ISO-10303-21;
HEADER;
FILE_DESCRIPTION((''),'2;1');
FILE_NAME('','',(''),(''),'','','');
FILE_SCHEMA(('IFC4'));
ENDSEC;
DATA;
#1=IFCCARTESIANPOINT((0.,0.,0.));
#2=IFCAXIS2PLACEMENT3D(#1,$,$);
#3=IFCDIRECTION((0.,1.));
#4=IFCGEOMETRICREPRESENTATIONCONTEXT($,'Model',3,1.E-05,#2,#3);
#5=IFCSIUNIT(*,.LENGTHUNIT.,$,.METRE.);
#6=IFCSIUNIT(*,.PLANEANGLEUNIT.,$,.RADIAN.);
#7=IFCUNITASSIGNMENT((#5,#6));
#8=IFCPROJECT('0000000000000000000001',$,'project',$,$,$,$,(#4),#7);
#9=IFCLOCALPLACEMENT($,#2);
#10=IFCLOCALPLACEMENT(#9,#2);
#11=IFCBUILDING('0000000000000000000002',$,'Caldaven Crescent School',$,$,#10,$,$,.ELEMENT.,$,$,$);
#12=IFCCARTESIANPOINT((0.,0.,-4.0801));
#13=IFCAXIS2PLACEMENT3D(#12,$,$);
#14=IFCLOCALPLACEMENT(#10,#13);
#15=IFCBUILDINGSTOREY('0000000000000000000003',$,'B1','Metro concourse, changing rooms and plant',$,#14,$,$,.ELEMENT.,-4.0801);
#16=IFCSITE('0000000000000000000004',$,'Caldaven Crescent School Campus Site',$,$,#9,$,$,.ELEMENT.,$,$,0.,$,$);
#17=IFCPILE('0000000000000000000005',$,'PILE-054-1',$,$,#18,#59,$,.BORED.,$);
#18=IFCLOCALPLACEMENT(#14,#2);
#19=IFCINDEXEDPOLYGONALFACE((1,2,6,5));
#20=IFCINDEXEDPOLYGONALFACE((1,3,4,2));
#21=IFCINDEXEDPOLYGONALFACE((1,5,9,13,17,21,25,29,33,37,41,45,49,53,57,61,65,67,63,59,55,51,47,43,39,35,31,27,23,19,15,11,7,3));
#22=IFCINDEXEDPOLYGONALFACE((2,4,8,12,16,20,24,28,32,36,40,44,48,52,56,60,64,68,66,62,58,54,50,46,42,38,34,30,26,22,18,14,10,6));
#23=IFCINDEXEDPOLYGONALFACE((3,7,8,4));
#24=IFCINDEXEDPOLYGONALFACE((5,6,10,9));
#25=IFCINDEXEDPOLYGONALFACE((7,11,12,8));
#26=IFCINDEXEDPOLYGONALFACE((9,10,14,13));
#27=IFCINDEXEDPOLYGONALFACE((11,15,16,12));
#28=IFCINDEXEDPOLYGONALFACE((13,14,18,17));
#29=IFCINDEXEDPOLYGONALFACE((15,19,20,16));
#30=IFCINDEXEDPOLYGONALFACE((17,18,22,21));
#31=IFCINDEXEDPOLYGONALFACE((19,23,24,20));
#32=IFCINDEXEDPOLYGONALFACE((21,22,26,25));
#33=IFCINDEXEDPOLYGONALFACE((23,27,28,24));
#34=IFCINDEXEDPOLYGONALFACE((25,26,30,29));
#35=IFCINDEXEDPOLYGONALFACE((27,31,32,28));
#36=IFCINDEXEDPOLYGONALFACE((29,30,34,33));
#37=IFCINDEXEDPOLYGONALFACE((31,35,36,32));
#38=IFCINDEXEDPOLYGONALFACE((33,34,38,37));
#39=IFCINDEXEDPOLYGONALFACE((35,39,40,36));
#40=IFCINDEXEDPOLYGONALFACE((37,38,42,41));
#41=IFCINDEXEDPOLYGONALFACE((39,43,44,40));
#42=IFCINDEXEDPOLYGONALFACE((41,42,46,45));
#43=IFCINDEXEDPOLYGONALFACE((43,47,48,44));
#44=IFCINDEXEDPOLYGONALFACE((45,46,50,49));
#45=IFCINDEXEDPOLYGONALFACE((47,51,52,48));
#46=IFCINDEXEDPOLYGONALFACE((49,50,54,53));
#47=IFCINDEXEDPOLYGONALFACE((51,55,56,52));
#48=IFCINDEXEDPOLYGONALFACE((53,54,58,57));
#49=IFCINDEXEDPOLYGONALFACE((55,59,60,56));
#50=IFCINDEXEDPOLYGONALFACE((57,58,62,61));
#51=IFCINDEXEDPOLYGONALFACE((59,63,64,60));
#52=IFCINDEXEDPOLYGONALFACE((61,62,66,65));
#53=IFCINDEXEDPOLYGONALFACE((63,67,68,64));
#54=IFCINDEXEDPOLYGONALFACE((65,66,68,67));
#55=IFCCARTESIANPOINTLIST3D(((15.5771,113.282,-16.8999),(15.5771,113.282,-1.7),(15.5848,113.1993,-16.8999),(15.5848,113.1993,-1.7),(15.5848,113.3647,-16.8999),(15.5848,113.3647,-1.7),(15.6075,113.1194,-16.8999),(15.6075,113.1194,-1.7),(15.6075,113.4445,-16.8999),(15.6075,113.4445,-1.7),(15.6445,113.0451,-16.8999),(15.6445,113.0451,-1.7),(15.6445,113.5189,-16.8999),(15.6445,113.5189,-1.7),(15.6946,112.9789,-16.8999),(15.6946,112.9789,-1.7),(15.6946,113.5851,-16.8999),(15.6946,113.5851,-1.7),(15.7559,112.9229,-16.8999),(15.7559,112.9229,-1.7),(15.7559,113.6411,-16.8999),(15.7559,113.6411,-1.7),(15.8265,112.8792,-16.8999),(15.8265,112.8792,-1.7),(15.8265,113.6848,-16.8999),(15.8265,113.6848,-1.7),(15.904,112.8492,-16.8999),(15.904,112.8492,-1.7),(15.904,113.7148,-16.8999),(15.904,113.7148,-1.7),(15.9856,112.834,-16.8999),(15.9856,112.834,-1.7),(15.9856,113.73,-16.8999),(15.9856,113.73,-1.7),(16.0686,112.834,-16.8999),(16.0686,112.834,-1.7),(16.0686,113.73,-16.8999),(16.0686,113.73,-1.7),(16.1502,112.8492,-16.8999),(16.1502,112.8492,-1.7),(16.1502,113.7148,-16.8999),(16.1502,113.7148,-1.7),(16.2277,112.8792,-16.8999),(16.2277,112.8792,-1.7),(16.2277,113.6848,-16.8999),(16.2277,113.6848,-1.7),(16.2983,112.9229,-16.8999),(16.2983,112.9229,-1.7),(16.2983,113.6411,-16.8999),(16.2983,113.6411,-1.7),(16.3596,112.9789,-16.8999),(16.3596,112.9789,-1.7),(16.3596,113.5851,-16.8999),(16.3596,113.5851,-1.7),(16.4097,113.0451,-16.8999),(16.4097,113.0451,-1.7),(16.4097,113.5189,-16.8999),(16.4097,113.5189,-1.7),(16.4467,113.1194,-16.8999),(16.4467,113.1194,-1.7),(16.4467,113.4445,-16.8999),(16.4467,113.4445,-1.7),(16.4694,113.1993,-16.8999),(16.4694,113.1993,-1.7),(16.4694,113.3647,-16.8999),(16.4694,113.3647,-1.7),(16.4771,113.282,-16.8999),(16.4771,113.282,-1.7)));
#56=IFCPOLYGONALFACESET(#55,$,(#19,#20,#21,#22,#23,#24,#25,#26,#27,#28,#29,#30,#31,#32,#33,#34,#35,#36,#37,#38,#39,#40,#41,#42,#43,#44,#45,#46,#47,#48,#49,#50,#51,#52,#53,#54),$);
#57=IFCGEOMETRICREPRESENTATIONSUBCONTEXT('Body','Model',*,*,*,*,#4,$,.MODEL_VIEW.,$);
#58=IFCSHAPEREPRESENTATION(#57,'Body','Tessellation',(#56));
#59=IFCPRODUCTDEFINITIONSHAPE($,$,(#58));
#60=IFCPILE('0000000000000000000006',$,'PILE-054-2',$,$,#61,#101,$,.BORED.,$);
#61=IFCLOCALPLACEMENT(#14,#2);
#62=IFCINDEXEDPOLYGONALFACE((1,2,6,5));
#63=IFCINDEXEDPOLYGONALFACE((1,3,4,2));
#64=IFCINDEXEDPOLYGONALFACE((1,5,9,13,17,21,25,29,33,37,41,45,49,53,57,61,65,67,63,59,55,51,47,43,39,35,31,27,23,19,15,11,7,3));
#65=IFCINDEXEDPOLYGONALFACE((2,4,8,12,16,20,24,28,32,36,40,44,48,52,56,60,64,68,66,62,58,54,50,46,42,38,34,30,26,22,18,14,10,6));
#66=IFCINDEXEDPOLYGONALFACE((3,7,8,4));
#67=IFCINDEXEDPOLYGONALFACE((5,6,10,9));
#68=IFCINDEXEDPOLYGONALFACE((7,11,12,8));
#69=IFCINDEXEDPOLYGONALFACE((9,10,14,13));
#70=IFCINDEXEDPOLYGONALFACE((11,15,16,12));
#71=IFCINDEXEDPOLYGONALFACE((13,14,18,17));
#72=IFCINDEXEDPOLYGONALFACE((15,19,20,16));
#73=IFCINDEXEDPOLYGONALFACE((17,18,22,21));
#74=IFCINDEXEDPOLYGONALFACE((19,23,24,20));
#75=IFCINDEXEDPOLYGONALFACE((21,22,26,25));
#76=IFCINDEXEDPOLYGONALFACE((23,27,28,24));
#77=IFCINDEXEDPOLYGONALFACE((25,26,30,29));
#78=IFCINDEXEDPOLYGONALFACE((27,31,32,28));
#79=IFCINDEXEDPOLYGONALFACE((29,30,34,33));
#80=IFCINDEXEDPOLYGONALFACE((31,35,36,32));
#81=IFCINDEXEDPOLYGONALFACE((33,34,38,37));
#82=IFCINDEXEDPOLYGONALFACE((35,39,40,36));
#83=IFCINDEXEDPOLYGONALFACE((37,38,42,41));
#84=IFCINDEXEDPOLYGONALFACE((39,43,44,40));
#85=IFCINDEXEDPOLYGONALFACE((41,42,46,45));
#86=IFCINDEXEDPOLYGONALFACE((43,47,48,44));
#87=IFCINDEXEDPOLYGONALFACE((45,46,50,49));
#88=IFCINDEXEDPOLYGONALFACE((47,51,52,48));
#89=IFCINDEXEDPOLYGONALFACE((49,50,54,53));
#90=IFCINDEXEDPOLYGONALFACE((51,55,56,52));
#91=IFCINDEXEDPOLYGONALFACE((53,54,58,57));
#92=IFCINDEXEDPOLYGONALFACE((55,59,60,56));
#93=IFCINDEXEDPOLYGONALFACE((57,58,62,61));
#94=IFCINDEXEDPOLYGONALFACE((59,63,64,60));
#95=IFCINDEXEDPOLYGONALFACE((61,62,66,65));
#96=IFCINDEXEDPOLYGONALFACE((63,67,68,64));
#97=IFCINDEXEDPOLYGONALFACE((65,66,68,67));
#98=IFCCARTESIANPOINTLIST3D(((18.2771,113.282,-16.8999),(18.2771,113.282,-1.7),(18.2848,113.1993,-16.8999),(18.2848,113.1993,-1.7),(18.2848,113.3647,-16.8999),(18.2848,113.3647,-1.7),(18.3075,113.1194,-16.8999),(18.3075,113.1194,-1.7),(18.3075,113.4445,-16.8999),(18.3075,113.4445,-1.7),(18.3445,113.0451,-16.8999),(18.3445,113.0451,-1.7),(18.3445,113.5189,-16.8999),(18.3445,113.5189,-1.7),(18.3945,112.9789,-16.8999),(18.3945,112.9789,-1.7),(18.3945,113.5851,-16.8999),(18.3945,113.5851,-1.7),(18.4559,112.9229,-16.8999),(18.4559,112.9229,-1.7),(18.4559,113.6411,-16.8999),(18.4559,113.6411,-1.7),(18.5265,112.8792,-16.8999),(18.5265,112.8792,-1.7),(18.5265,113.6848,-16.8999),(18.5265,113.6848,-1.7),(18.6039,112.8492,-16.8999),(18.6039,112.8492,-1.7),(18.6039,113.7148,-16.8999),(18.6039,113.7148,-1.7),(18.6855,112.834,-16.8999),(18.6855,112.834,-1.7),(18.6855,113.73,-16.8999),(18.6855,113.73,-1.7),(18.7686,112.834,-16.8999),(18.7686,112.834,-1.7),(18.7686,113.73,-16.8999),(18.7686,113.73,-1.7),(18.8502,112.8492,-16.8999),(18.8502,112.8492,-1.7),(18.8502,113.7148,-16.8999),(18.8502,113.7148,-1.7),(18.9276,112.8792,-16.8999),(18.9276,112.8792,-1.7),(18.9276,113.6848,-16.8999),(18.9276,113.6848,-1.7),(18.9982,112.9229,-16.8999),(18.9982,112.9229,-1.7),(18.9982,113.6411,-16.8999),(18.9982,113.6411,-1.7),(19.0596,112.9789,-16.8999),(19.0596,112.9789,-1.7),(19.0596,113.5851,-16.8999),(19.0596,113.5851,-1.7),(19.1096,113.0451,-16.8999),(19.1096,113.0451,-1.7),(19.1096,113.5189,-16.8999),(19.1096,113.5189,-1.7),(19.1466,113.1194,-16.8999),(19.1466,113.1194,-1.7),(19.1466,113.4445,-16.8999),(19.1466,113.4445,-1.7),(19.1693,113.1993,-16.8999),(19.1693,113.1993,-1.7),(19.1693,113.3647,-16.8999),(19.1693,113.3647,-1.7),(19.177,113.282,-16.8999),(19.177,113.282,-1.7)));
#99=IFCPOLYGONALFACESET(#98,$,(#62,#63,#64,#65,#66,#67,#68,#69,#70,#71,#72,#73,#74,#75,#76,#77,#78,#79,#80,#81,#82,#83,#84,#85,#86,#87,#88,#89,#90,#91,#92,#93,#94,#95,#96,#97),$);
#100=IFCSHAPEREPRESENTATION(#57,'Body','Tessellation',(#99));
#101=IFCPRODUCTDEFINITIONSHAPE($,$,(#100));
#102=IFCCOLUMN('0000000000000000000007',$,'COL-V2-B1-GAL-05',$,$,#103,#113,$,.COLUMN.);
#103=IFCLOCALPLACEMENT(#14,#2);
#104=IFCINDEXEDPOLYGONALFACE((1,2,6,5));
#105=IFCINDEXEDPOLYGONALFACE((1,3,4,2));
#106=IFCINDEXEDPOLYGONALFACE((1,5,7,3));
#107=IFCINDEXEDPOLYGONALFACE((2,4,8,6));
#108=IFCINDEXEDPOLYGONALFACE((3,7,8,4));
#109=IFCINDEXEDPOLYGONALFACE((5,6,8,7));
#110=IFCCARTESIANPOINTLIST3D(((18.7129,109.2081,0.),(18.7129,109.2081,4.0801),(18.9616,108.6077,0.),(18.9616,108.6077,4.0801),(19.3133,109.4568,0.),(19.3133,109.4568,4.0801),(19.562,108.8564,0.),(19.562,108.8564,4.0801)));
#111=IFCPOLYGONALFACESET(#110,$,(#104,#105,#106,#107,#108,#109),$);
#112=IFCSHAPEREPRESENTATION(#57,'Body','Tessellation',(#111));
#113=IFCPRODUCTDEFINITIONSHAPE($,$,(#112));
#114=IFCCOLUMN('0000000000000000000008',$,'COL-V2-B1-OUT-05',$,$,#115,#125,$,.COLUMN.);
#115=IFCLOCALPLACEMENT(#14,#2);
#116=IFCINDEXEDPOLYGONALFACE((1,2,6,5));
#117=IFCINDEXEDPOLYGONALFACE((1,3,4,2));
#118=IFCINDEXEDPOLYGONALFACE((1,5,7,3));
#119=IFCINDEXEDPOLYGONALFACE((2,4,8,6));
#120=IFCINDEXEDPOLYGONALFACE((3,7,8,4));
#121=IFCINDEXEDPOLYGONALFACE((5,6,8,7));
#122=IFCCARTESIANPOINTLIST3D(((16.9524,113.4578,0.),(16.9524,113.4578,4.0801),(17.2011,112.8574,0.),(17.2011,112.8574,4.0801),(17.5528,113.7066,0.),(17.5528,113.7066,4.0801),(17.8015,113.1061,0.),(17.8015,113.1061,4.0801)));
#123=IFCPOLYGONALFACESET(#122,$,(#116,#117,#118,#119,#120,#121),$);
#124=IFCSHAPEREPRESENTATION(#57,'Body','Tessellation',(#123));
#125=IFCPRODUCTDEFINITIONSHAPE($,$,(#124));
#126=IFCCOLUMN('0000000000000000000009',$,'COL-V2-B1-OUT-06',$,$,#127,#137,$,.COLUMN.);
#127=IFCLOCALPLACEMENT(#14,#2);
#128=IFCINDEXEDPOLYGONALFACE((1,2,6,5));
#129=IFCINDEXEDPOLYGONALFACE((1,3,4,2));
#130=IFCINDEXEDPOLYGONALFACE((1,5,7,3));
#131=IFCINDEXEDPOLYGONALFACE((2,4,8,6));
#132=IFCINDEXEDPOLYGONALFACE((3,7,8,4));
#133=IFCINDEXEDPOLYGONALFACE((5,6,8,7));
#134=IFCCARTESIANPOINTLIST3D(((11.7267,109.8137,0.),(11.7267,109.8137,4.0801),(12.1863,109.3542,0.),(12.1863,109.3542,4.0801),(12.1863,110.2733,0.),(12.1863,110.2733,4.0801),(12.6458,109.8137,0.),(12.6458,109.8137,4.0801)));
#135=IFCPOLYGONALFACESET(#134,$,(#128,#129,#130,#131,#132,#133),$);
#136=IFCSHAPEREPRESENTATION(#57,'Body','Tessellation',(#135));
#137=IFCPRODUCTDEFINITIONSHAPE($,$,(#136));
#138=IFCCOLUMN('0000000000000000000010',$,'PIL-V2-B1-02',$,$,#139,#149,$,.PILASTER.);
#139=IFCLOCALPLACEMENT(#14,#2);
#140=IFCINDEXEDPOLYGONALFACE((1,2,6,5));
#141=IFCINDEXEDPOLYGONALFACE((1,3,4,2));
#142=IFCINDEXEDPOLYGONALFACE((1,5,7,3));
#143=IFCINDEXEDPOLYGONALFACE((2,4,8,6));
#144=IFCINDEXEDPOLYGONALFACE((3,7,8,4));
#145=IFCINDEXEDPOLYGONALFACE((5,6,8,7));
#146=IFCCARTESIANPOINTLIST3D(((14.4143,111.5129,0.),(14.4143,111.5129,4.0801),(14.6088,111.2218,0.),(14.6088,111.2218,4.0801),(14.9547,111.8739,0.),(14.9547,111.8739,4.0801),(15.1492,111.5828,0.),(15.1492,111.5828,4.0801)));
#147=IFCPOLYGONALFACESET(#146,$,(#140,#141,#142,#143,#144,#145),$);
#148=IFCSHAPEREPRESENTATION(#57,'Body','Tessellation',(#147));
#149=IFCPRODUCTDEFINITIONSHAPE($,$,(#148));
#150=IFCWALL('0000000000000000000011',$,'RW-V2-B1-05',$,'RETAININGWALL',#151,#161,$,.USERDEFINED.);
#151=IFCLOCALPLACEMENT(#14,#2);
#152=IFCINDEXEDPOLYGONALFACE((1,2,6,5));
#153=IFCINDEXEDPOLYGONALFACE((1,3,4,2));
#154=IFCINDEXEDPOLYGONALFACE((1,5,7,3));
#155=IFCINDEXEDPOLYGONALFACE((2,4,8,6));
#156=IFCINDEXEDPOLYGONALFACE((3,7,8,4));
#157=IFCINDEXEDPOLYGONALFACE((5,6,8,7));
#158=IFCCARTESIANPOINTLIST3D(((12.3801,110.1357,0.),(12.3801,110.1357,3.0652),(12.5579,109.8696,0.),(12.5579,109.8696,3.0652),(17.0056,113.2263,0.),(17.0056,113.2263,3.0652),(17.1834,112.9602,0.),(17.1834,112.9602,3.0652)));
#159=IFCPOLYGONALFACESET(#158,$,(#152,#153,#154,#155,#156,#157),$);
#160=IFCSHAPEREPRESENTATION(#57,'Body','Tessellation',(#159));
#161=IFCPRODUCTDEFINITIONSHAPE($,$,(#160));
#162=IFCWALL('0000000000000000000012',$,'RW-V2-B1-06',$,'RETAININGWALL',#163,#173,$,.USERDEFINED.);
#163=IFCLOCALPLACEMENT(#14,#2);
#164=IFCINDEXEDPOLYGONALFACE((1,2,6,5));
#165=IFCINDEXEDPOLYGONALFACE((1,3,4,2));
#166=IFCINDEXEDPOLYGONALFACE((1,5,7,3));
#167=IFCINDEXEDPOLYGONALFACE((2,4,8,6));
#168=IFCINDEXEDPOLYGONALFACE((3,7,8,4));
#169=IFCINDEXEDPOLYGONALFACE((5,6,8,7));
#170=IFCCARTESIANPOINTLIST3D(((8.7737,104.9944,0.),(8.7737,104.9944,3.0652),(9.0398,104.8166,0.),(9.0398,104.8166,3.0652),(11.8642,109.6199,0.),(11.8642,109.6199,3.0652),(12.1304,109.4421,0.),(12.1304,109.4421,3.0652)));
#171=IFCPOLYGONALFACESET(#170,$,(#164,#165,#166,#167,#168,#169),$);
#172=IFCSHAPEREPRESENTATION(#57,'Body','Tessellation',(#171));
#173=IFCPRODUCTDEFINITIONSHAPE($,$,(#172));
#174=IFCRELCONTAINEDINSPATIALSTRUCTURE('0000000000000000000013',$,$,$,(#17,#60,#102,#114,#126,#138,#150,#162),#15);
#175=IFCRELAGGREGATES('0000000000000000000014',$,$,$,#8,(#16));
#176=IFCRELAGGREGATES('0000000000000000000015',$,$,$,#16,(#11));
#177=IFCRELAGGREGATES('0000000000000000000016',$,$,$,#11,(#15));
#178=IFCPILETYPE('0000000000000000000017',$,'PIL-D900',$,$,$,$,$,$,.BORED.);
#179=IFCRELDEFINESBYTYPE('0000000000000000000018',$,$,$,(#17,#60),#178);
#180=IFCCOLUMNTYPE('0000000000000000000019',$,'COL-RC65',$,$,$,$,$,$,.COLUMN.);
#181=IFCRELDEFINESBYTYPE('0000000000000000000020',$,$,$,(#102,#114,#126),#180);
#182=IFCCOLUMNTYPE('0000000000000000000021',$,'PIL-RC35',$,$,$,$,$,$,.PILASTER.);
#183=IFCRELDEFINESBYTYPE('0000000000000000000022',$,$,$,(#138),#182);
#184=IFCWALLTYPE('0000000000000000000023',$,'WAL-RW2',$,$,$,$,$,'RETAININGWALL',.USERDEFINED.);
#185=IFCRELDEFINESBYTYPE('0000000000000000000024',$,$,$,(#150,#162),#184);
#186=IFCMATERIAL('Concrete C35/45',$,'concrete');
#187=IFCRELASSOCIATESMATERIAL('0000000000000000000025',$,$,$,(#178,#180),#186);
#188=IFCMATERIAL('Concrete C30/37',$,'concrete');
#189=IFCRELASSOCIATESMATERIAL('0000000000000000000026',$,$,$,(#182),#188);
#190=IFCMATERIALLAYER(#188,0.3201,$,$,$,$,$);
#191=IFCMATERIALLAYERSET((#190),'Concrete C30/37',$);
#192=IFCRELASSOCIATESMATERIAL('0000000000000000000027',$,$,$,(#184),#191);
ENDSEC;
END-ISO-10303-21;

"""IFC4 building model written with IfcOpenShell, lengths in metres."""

from ifc_helpers import new_model, si_unit, direction, frame, frame_2d, origin, origin_2d, place, context, subcontext, project, spatial, rectangle, circle, extrude, material, layer, layer_set, material_profile, profile_set, type_object, element, save


model = new_model("IFC4")

# Units and contexts
model_context = context("Model", 3, precision=1e-05, world=origin(), true_north=direction((0.0, 1.0)))
body_context = subcontext(model_context, "Body", "Model", "MODEL_VIEW")
ifc_project = project(units=[si_unit("LENGTHUNIT", "METRE"), si_unit("PLANEANGLEUNIT", "RADIAN")], contexts=[model_context])

# Site, building, storey
site_placement = place(None, origin())
site = spatial("IfcSite", under=ifc_project, at=site_placement, Name="Caldaven Crescent School Campus Site", CompositionType="ELEMENT", RefElevation=0.0)
building_placement = place(site_placement, origin())
building = spatial("IfcBuilding", under=site, at=building_placement, Name="Caldaven Crescent School", CompositionType="ELEMENT")
storey_placement = place(building_placement, frame((0.0, 0.0, -4.0801)))
storey = spatial("IfcBuildingStorey", under=building, at=storey_placement, Name="B1", Description="Metro concourse, changing rooms and plant", CompositionType="ELEMENT", Elevation=-4.0801)

# Shared definitions
ifc_material_1 = material(Name="Concrete C30/37", Category="concrete")
ifc_material_2 = material(Name="Concrete C35/45", Category="concrete")

# Piles
ifc_material_profile_1 = material_profile(ifc_material_2, circle(Radius=0.45, at=origin_2d()), Name="PILE D900")
ifc_profile_set_1 = profile_set([ifc_material_profile_1], Name="Concrete C35/45")
pile_type_1 = type_object("IfcPileType", Name="PIL-D900", PredefinedType="BORED", material=ifc_profile_set_1)
for number, where, z_axis, x_axis, name in (
    (1, (16.0271, 113.282, -1.7), (0.0, 0.0, -1.0), (1.0, 0.0, 0.0), "PILE-054-1"),
    (2, (18.7271, 113.282, -1.7), (0.0, 0.0, -1.0), (1.0, 0.0, 0.0), "PILE-054-2"),
):
    element("IfcPile", number, at=place(storey_placement, frame(where, z_axis=z_axis, x_axis=x_axis)), inside=storey, type_object=pile_type_1, Name=name, PredefinedType="BORED", context=body_context, shape_type="SweptSolid", body=[
        extrude(circle(Radius=0.45, at=origin_2d()), origin(), (0.0, 0.0, 1.0), 15.2),
    ])

# Columns
ifc_material_profile_2 = material_profile(ifc_material_2, rectangle(XDim=0.6499, YDim=0.6499, at=origin_2d()), Name="RC 650x650")
ifc_profile_set_2 = profile_set([ifc_material_profile_2], Name="Concrete C35/45")
column_type_1 = type_object("IfcColumnType", Name="COL-RC65", PredefinedType="COLUMN", material=ifc_profile_set_2)
for number, where, z_axis, x_axis, name in (
    (3, (19.1375, 109.0322, 0.0), (0.0, 0.0, 1.0), (-0.382683, 0.92388, 0.0), "COL-V2-B1-GAL-05"),
    (4, (17.377, 113.282, 0.0), (0.0, 0.0, 1.0), (-0.382683, 0.92388, 0.0), "COL-V2-B1-OUT-05"),
    (5, (12.1863, 109.8137, 0.0), (0.0, 0.0, 1.0), (-0.707107, 0.707107, 0.0), "COL-V2-B1-OUT-06"),
):
    element("IfcColumn", number, at=place(storey_placement, frame(where, z_axis=z_axis, x_axis=x_axis)), inside=storey, type_object=column_type_1, Name=name, PredefinedType="COLUMN", context=body_context, shape_type="SweptSolid", body=[
        extrude(rectangle(XDim=0.6499, YDim=0.6499, at=origin_2d()), origin(), (0.0, 0.0, 1.0), 4.0801),
    ])
ifc_material_profile_3 = material_profile(ifc_material_1, rectangle(XDim=0.3501, YDim=0.6499, at=origin_2d()), Name="RC 350x650")
ifc_profile_set_3 = profile_set([ifc_material_profile_3], Name="Concrete C30/37")
column_type_2 = type_object("IfcColumnType", Name="PIL-RC35", PredefinedType="PILASTER", material=ifc_profile_set_3)
column_placement = place(storey_placement, frame((14.7817, 111.5479, 0.0), z_axis=(0.0, 0.0, 1.0), x_axis=(-0.55557, 0.83147, 0.0)))
element("IfcColumn", 6, at=column_placement, inside=storey, type_object=column_type_2, Name="PIL-V2-B1-02", PredefinedType="PILASTER", context=body_context, shape_type="SweptSolid", body=[
    extrude(rectangle(XDim=0.3501, YDim=0.6499, at=origin_2d()), origin(), (0.0, 0.0, 1.0), 4.0801),
])

# Walls
ifc_layer = layer(ifc_material_1, 0.3201)
ifc_layer_set = layer_set([ifc_layer], Name="Concrete C30/37")
wall_type = type_object("IfcWallType", Name="WAL-RW2", ElementType="RETAININGWALL", PredefinedType="USERDEFINED", material=ifc_layer_set)
for number, where, z_axis, x_axis, name in (
    (7, (17.0945, 113.0933, 0.0), (0.0, 0.0, 1.0), (-0.831476, -0.555561, 0.0), "RW-V2-B1-05"),
    (8, (11.9973, 109.531, 0.0), (0.0, 0.0, 1.0), (-0.555561, -0.831476, 0.0), "RW-V2-B1-06"),
):
    element("IfcWall", number, at=place(storey_placement, frame(where, z_axis=z_axis, x_axis=x_axis)), inside=storey, type_object=wall_type, Name=name, ObjectType="RETAININGWALL", PredefinedType="USERDEFINED", context=body_context, shape_type="SweptSolid", body=[
        extrude(rectangle(XDim=5.563, YDim=0.3201, at=frame_2d((2.7815, 0.0))), origin(), (0.0, 0.0, 1.0), 3.0652),
    ])

save(model, "model.ifc")
